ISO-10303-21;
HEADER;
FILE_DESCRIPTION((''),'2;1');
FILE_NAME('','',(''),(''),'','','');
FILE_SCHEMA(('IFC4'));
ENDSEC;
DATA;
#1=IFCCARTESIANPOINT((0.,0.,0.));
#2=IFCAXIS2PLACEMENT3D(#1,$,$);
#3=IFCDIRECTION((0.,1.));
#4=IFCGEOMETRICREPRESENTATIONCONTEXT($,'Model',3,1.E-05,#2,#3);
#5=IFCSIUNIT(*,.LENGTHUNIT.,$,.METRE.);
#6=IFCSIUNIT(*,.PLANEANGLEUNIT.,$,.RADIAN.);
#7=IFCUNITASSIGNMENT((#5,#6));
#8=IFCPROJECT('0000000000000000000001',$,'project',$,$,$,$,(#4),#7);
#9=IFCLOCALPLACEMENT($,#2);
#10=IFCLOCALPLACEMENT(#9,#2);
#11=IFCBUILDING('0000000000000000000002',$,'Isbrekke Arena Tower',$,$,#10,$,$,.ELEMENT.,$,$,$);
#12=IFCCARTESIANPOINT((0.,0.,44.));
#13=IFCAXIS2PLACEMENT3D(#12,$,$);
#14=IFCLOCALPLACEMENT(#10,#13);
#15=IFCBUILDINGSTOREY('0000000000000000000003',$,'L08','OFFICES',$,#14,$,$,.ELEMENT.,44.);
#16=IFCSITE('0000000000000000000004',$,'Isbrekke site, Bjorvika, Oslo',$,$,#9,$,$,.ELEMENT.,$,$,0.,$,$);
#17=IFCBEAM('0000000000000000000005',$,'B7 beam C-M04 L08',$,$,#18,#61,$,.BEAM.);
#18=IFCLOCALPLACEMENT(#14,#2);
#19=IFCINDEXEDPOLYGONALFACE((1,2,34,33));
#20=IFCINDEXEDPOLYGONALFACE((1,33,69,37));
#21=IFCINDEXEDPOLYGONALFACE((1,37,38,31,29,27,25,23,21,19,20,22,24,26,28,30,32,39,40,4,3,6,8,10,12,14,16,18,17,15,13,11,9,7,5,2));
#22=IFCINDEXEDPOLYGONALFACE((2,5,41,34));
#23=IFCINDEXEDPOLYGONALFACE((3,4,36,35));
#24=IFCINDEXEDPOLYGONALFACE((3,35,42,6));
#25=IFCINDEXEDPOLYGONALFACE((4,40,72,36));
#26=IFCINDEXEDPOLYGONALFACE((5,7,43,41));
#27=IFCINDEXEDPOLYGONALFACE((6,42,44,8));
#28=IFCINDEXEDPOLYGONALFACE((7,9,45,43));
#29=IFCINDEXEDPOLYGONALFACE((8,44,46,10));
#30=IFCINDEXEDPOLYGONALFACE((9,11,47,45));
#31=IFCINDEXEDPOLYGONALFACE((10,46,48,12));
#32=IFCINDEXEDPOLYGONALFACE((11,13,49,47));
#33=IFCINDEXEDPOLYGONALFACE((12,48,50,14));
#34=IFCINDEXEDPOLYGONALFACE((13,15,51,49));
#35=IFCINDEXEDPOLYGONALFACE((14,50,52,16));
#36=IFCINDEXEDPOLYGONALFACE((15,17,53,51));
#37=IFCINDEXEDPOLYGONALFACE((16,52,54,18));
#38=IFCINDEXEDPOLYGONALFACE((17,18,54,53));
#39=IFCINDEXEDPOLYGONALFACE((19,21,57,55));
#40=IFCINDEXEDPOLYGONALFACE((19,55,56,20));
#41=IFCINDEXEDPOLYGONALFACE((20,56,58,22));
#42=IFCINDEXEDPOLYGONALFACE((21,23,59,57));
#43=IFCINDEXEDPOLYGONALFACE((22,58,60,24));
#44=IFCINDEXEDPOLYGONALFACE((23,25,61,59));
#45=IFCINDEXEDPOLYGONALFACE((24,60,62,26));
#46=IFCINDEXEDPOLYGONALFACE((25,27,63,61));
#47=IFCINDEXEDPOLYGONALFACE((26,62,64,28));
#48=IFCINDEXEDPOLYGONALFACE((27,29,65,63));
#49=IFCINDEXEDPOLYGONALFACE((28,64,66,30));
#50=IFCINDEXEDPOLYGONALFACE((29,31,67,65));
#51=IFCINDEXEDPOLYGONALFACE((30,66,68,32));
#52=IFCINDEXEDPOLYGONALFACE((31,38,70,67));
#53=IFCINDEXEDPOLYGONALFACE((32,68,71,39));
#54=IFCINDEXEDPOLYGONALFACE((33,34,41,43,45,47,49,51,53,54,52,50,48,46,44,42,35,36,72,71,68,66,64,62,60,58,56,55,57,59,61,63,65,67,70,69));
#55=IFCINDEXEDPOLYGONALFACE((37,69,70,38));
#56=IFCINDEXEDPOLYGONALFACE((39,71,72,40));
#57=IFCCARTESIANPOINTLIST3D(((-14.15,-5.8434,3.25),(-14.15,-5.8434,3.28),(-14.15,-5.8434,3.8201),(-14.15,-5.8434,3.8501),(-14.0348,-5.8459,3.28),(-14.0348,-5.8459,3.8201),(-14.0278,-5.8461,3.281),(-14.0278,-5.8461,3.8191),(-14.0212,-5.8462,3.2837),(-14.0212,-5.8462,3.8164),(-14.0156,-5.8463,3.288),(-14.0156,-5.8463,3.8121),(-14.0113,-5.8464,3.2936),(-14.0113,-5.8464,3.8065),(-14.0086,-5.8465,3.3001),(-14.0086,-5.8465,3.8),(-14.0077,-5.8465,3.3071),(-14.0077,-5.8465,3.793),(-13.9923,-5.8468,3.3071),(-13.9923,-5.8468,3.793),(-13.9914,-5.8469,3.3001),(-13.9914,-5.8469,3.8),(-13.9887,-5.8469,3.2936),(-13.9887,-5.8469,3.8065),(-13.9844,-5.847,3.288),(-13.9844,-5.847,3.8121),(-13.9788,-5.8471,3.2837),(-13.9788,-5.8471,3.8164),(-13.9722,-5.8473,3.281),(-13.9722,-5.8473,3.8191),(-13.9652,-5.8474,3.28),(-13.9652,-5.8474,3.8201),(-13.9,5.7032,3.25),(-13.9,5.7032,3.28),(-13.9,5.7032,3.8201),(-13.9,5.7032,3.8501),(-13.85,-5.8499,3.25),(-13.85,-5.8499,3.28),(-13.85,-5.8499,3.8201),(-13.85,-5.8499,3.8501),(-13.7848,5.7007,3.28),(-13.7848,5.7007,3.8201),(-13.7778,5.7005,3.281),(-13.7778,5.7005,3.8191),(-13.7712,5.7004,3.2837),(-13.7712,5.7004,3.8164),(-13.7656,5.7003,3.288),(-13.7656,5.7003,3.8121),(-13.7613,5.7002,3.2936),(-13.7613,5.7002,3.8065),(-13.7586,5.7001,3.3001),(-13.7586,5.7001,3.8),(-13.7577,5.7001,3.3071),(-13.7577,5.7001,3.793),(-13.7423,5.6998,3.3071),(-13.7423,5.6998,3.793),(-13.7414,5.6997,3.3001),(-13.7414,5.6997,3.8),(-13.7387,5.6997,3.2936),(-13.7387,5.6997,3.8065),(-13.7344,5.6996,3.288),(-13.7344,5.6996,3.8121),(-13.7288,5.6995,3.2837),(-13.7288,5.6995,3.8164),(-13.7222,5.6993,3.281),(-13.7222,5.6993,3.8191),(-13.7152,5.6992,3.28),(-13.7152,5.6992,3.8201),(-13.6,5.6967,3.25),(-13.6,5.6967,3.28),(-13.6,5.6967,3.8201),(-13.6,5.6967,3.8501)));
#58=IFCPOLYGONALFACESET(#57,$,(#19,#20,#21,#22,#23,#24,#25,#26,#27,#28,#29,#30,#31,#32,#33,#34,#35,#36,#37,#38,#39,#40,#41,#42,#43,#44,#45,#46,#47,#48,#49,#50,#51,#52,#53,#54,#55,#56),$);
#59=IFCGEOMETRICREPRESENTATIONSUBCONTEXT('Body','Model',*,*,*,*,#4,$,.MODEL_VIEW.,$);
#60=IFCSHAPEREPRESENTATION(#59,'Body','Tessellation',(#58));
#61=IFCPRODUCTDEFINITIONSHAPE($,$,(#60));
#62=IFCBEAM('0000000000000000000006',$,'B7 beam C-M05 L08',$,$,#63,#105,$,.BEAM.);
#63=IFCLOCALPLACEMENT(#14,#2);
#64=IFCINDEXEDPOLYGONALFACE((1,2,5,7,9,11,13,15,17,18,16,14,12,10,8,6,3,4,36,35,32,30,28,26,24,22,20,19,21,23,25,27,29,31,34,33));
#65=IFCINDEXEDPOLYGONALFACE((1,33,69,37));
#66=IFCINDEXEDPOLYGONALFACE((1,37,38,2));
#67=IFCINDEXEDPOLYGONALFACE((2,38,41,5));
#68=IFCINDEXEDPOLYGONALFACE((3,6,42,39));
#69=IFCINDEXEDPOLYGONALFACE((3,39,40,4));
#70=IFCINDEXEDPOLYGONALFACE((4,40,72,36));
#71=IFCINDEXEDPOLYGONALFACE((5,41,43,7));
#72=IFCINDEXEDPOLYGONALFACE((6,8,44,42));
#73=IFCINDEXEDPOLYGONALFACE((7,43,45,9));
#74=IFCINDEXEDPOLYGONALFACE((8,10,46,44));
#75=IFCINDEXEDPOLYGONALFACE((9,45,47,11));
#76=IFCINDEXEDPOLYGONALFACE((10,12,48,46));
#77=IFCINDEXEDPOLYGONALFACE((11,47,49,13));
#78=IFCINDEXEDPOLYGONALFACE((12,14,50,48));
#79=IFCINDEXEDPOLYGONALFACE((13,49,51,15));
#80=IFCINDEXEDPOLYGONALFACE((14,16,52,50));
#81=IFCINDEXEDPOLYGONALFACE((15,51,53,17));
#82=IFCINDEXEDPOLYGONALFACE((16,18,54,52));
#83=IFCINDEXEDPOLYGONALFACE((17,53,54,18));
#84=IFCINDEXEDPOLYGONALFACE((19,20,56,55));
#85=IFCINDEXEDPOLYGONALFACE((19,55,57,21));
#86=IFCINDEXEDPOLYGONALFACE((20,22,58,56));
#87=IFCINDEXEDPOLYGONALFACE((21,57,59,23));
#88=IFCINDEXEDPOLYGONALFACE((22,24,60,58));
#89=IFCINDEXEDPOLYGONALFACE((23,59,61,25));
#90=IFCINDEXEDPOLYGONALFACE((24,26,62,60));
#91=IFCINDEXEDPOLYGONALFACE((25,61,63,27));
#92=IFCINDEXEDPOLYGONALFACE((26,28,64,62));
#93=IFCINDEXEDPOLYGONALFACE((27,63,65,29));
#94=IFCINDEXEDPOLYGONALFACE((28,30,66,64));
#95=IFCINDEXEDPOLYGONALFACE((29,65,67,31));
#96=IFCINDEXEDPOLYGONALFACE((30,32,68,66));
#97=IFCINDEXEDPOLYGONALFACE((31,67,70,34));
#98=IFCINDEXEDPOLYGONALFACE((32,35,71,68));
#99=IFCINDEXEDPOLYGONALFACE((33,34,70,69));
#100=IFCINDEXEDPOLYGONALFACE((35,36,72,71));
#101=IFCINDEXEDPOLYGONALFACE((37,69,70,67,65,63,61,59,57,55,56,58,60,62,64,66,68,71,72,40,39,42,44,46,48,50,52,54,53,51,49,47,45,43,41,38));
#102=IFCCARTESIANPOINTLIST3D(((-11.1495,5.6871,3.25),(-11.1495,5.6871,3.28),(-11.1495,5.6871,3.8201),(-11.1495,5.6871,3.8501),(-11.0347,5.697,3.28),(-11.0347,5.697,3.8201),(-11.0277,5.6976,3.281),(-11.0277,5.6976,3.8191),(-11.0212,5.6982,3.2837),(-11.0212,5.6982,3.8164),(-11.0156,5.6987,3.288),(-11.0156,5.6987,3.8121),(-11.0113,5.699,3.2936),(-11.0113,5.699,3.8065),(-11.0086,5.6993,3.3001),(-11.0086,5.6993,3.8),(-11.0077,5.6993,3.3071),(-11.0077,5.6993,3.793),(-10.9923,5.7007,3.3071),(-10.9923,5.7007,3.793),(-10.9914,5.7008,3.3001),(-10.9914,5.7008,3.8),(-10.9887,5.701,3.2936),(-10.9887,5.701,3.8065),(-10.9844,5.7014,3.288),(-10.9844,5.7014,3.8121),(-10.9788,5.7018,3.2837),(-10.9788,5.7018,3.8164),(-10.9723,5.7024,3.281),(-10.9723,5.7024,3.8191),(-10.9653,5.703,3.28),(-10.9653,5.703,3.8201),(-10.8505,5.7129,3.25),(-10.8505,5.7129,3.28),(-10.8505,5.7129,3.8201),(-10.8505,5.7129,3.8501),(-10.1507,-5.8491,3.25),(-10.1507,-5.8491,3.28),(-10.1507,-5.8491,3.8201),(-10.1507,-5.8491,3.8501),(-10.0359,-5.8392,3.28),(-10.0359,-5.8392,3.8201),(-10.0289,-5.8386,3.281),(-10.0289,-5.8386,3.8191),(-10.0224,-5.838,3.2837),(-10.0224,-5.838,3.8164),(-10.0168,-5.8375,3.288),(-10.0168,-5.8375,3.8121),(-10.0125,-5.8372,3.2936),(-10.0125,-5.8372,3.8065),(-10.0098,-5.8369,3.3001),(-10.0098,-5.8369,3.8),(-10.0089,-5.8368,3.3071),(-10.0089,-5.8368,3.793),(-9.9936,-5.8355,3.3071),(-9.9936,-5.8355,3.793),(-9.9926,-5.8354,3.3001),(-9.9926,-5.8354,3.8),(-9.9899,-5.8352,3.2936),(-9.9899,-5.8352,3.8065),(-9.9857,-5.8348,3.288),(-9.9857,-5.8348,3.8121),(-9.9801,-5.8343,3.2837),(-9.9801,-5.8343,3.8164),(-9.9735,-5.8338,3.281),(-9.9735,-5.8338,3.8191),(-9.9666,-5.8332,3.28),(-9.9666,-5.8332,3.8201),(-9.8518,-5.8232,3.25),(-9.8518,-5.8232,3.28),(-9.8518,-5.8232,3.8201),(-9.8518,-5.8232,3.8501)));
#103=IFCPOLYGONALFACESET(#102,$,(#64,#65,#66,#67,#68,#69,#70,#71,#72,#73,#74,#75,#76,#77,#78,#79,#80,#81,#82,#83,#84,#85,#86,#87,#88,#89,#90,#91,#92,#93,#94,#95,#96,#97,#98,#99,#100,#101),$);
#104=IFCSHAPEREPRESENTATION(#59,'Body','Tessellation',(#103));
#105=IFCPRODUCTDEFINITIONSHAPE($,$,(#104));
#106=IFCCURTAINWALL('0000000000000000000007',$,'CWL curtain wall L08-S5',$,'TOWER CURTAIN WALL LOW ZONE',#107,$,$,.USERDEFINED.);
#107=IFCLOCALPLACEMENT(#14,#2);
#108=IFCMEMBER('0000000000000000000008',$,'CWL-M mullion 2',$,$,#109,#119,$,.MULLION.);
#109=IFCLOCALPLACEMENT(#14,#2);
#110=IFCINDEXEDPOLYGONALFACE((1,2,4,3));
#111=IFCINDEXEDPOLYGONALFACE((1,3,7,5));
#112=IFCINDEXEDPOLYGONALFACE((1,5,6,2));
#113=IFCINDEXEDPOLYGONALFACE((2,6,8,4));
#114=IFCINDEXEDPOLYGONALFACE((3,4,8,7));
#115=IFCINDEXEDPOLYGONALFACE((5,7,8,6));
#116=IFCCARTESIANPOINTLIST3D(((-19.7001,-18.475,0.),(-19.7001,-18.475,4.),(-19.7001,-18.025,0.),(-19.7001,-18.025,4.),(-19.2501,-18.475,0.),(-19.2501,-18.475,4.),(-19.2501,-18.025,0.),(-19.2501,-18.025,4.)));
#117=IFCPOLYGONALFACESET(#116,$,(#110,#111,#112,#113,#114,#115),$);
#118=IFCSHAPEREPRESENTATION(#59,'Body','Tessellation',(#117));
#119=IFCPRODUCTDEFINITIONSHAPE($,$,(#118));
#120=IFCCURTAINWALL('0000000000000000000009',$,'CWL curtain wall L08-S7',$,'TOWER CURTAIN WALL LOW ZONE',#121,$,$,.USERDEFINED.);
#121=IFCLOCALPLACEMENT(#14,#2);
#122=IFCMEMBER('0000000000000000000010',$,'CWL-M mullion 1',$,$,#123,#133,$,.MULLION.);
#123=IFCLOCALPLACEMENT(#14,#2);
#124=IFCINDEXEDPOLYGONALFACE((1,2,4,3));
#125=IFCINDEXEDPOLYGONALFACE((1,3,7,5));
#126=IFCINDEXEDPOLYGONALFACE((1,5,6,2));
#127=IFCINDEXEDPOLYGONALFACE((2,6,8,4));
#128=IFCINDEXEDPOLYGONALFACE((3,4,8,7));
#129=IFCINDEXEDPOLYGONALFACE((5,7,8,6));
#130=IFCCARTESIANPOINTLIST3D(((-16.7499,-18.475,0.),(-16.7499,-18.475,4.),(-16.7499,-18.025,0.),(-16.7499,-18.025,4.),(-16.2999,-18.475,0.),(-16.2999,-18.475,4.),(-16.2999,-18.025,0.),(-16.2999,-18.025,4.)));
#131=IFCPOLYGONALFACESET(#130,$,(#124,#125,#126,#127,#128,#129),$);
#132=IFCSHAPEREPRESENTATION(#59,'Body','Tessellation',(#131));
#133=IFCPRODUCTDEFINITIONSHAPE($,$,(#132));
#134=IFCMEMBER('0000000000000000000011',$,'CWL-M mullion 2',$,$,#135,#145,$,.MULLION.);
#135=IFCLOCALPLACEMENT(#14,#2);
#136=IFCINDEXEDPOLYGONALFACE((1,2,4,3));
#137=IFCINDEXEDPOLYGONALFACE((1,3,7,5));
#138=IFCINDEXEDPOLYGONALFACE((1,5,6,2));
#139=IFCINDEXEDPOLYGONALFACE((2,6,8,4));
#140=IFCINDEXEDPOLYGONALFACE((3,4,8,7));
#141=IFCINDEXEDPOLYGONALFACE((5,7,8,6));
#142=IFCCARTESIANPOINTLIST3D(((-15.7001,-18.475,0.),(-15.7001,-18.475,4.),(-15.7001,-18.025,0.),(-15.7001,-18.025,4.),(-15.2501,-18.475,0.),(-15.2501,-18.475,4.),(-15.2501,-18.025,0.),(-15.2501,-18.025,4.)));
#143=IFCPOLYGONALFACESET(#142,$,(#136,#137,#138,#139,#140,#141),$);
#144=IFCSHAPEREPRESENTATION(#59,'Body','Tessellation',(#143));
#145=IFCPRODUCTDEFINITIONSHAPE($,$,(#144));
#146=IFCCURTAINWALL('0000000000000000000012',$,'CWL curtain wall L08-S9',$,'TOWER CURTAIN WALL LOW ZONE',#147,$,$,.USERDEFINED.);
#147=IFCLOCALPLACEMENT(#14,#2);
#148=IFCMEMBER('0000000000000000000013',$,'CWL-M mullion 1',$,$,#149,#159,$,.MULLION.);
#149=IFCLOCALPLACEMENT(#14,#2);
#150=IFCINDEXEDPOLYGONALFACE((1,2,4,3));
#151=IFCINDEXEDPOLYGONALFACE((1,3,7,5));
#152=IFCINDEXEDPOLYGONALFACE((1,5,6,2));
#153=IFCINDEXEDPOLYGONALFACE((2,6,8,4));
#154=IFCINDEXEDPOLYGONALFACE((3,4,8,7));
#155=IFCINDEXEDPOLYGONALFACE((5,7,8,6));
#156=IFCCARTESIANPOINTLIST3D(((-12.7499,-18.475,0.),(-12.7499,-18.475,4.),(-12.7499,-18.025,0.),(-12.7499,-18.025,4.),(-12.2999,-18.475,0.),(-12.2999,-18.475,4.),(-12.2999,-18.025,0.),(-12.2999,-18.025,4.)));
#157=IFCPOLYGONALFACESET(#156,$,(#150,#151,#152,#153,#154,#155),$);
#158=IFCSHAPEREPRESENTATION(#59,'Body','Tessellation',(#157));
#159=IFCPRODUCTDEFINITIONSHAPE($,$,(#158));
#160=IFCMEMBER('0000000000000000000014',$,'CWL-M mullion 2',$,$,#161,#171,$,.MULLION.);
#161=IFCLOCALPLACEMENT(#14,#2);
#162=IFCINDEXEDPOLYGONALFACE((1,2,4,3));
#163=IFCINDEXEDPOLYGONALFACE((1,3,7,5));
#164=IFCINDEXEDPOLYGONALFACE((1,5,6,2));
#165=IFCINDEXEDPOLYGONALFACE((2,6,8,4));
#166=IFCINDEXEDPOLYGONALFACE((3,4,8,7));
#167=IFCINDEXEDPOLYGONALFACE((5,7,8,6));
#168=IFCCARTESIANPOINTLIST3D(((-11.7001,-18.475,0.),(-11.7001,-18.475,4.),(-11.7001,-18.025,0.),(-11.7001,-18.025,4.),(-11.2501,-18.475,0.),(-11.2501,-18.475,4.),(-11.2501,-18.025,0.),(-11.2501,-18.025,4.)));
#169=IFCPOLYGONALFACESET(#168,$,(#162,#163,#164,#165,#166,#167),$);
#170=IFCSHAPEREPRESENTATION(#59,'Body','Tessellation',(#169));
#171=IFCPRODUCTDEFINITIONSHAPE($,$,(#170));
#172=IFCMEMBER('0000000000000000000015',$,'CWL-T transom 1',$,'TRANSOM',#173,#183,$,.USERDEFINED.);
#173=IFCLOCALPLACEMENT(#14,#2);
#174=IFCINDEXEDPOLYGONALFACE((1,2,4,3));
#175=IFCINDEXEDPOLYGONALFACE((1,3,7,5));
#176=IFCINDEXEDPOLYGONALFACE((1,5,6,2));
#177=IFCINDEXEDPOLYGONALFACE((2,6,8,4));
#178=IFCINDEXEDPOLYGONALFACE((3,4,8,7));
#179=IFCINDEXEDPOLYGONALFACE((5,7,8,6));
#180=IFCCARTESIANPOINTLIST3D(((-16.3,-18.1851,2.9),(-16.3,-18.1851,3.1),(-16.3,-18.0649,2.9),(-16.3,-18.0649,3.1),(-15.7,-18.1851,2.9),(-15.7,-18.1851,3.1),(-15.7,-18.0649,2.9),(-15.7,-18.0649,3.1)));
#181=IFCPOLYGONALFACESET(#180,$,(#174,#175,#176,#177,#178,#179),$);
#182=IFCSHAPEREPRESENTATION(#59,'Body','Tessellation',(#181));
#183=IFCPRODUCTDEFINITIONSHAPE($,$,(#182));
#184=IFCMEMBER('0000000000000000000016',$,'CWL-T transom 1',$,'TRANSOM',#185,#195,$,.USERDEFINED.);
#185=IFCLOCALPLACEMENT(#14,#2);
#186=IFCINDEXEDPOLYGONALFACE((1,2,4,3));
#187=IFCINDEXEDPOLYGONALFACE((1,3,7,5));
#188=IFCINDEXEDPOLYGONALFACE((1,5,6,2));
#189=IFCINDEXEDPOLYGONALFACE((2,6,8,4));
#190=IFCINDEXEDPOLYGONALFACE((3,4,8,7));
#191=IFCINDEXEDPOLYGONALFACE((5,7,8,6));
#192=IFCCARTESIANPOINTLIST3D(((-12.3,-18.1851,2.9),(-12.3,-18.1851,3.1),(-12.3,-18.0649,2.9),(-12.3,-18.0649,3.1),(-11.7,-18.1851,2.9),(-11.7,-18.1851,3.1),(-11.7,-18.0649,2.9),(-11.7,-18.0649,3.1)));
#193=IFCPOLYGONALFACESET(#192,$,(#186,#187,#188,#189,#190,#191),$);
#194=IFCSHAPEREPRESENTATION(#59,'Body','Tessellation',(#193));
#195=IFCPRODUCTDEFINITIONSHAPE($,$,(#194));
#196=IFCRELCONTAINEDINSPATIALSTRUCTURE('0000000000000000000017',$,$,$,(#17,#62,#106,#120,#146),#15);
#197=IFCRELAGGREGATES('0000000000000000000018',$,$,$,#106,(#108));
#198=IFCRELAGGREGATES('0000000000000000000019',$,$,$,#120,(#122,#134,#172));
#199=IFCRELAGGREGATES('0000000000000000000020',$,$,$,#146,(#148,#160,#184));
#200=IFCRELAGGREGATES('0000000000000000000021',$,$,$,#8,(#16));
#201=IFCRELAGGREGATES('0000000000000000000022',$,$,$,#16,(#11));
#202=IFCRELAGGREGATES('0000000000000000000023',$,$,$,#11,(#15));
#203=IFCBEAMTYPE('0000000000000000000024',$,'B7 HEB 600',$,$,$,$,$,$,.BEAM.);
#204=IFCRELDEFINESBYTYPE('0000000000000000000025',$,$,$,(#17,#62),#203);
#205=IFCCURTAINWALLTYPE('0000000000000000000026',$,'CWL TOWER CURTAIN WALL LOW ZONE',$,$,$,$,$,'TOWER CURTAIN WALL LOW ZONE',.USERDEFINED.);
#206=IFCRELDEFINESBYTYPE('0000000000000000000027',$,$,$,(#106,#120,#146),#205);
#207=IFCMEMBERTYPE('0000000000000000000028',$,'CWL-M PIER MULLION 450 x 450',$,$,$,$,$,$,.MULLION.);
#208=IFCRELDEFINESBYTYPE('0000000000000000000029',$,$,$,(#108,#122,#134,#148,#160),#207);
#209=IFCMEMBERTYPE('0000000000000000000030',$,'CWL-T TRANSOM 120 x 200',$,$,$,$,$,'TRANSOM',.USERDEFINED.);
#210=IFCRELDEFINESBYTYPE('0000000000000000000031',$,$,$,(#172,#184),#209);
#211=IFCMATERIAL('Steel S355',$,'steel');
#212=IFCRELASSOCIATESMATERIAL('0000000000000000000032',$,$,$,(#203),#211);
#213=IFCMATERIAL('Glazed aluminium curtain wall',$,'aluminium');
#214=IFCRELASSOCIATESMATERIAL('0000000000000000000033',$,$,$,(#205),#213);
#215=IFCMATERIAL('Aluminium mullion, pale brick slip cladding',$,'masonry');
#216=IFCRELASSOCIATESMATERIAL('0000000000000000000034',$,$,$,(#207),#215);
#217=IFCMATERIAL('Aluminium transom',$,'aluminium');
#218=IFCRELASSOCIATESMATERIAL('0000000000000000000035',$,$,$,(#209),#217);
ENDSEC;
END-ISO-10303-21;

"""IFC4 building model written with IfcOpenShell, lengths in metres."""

from ifc_helpers import new_model, si_unit, direction, frame, origin, origin_2d, place, context, subcontext, project, spatial, rectangle, i_section, extrude, material, material_profile, profile_set, type_object, element, aggregate, save


model = new_model("IFC4")

# Units and contexts
model_context = context("Model", 3, precision=1e-05, world=origin(), true_north=direction((0.0, 1.0)))
body_context = subcontext(model_context, "Body", "Model", "MODEL_VIEW")
ifc_project = project(units=[si_unit("LENGTHUNIT", "METRE"), si_unit("PLANEANGLEUNIT", "RADIAN")], contexts=[model_context])

# Site, building, storey
site_placement = place(None, origin())
site = spatial("IfcSite", under=ifc_project, at=site_placement, Name="Isbrekke site, Bjorvika, Oslo", CompositionType="ELEMENT", RefElevation=0.0)
building_placement = place(site_placement, origin())
building = spatial("IfcBuilding", under=site, at=building_placement, Name="Isbrekke Arena Tower", CompositionType="ELEMENT")
storey_placement = place(building_placement, frame((0.0, 0.0, 44.0)))
storey = spatial("IfcBuildingStorey", under=building, at=storey_placement, Name="L08", Description="OFFICES", CompositionType="ELEMENT", Elevation=44.0)

# Beams
ifc_material_1 = material(Name="Steel S355", Category="steel")
ifc_material_profile_1 = material_profile(ifc_material_1, i_section(OverallWidth=0.3, OverallDepth=0.6001, WebThickness=0.0154, FlangeThickness=0.03, FilletRadius=0.0271, at=origin_2d()), Name="HEB 600")
ifc_profile_set_1 = profile_set([ifc_material_profile_1], Name="Steel S355")
beam_type_1 = type_object("IfcBeamType", Name="B7 HEB 600", PredefinedType="BEAM", material=ifc_profile_set_1)
beam_1_placement = place(storey_placement, frame((-14.0, -5.8467, 3.55), z_axis=(0.021646, 0.999766, 0.0), x_axis=(-0.999766, 0.021646, 0.0)))
element("IfcBeam", 1, at=beam_1_placement, inside=storey, type_object=beam_type_1, Name="B7 beam C-M04 L08", PredefinedType="BEAM", context=body_context, shape_type="SweptSolid", body=[
    extrude(i_section(OverallWidth=0.3, OverallDepth=0.6001, WebThickness=0.0154, FlangeThickness=0.03, FilletRadius=0.0271, at=origin_2d()), origin(), (0.0, 0.0, 1.0), 11.5493),
])
beam_2_placement = place(storey_placement, frame((-10.0012, -5.8362, 3.55), z_axis=(-0.086256, 0.996273, 0.0), x_axis=(-0.996273, -0.086256, 0.0)))
element("IfcBeam", 2, at=beam_2_placement, inside=storey, type_object=beam_type_1, Name="B7 beam C-M05 L08", PredefinedType="BEAM", context=body_context, shape_type="SweptSolid", body=[
    extrude(i_section(OverallWidth=0.3, OverallDepth=0.6001, WebThickness=0.0154, FlangeThickness=0.03, FilletRadius=0.0271, at=origin_2d()), origin(), (0.0, 0.0, 1.0), 11.5793),
])

# Curtain wall, member
ifc_material_2 = material(Name="Glazed aluminium curtain wall", Category="aluminium")
curtain_wall_type = type_object("IfcCurtainWallType", Name="CWL TOWER CURTAIN WALL LOW ZONE", ElementType="TOWER CURTAIN WALL LOW ZONE", PredefinedType="USERDEFINED", material=ifc_material_2)
curtain_wall_1_placement = place(storey_placement, origin())
curtain_wall_1 = element("IfcCurtainWall", 3, at=curtain_wall_1_placement, inside=storey, type_object=curtain_wall_type, Name="CWL curtain wall L08-S5", ObjectType="TOWER CURTAIN WALL LOW ZONE", PredefinedType="USERDEFINED")
ifc_material_3 = material(Name="Aluminium mullion, pale brick slip cladding", Category="masonry")
ifc_material_profile_2 = material_profile(ifc_material_3, rectangle(XDim=0.45, YDim=0.45, at=origin_2d()), Name="PIER 450X450")
ifc_profile_set_2 = profile_set([ifc_material_profile_2], Name="Aluminium mullion, pale brick slip cladding")
member_type_1 = type_object("IfcMemberType", Name="CWL-M PIER MULLION 450 x 450", PredefinedType="MULLION", material=ifc_profile_set_2)
member_1_placement = place(storey_placement, frame((-19.4751, -18.25, 0.0), z_axis=(0.0, 0.0, 1.0), x_axis=(1.0, 0.0, 0.0)))
member_1 = element("IfcMember", 4, at=member_1_placement, type_object=member_type_1, Name="CWL-M mullion 2", PredefinedType="MULLION", context=body_context, shape_type="SweptSolid", body=[
    extrude(rectangle(XDim=0.45, YDim=0.45, at=origin_2d()), origin(), (0.0, 0.0, 1.0), 4.0),
])
aggregate(curtain_wall_1, [member_1])

# Curtain walls, members
curtain_wall_2_placement = place(storey_placement, origin())
curtain_wall_2 = element("IfcCurtainWall", 5, at=curtain_wall_2_placement, inside=storey, type_object=curtain_wall_type, Name="CWL curtain wall L08-S7", ObjectType="TOWER CURTAIN WALL LOW ZONE", PredefinedType="USERDEFINED")
member_2_placement = place(storey_placement, frame((-16.5249, -18.25, 0.0), z_axis=(0.0, 0.0, 1.0), x_axis=(1.0, 0.0, 0.0)))
member_2 = element("IfcMember", 6, at=member_2_placement, type_object=member_type_1, Name="CWL-M mullion 1", PredefinedType="MULLION", context=body_context, shape_type="SweptSolid", body=[
    extrude(rectangle(XDim=0.45, YDim=0.45, at=origin_2d()), origin(), (0.0, 0.0, 1.0), 4.0),
])
member_3_placement = place(storey_placement, frame((-15.4751, -18.25, 0.0), z_axis=(0.0, 0.0, 1.0), x_axis=(1.0, 0.0, 0.0)))
member_3 = element("IfcMember", 7, at=member_3_placement, type_object=member_type_1, Name="CWL-M mullion 2", PredefinedType="MULLION", context=body_context, shape_type="SweptSolid", body=[
    extrude(rectangle(XDim=0.45, YDim=0.45, at=origin_2d()), origin(), (0.0, 0.0, 1.0), 4.0),
])
curtain_wall_3_placement = place(storey_placement, origin())
curtain_wall_3 = element("IfcCurtainWall", 8, at=curtain_wall_3_placement, inside=storey, type_object=curtain_wall_type, Name="CWL curtain wall L08-S9", ObjectType="TOWER CURTAIN WALL LOW ZONE", PredefinedType="USERDEFINED")
member_4_placement = place(storey_placement, frame((-12.5249, -18.25, 0.0), z_axis=(0.0, 0.0, 1.0), x_axis=(1.0, 0.0, 0.0)))
member_4 = element("IfcMember", 9, at=member_4_placement, type_object=member_type_1, Name="CWL-M mullion 1", PredefinedType="MULLION", context=body_context, shape_type="SweptSolid", body=[
    extrude(rectangle(XDim=0.45, YDim=0.45, at=origin_2d()), origin(), (0.0, 0.0, 1.0), 4.0),
])
member_5_placement = place(storey_placement, frame((-11.4751, -18.25, 0.0), z_axis=(0.0, 0.0, 1.0), x_axis=(1.0, 0.0, 0.0)))
member_5 = element("IfcMember", 10, at=member_5_placement, type_object=member_type_1, Name="CWL-M mullion 2", PredefinedType="MULLION", context=body_context, shape_type="SweptSolid", body=[
    extrude(rectangle(XDim=0.45, YDim=0.45, at=origin_2d()), origin(), (0.0, 0.0, 1.0), 4.0),
])

# Members
ifc_material_4 = material(Name="Aluminium transom", Category="aluminium")
ifc_material_profile_3 = material_profile(ifc_material_4, rectangle(XDim=0.1201, YDim=0.2, at=origin_2d()), Name="TRANSOM 120X200")
ifc_profile_set_3 = profile_set([ifc_material_profile_3], Name="Aluminium transom")
member_type_2 = type_object("IfcMemberType", Name="CWL-T TRANSOM 120 x 200", ElementType="TRANSOM", PredefinedType="USERDEFINED", material=ifc_profile_set_3)
member_6_placement = place(storey_placement, frame((-16.3, -18.125, 3.0), z_axis=(1.0, 0.0, 0.0), x_axis=(0.0, 1.0, 0.0)))
member_6 = element("IfcMember", 11, at=member_6_placement, type_object=member_type_2, Name="CWL-T transom 1", ObjectType="TRANSOM", PredefinedType="USERDEFINED", context=body_context, shape_type="SweptSolid", body=[
    extrude(rectangle(XDim=0.1201, YDim=0.2, at=origin_2d()), origin(), (0.0, 0.0, 1.0), 0.6001),
])
member_7_placement = place(storey_placement, frame((-12.3, -18.125, 3.0), z_axis=(1.0, 0.0, 0.0), x_axis=(0.0, 1.0, 0.0)))
member_7 = element("IfcMember", 12, at=member_7_placement, type_object=member_type_2, Name="CWL-T transom 1", ObjectType="TRANSOM", PredefinedType="USERDEFINED", context=body_context, shape_type="SweptSolid", body=[
    extrude(rectangle(XDim=0.1201, YDim=0.2, at=origin_2d()), origin(), (0.0, 0.0, 1.0), 0.6001),
])

aggregate(curtain_wall_2, [member_2, member_3, member_6])
aggregate(curtain_wall_3, [member_4, member_5, member_7])

save(model, "model.ifc")
